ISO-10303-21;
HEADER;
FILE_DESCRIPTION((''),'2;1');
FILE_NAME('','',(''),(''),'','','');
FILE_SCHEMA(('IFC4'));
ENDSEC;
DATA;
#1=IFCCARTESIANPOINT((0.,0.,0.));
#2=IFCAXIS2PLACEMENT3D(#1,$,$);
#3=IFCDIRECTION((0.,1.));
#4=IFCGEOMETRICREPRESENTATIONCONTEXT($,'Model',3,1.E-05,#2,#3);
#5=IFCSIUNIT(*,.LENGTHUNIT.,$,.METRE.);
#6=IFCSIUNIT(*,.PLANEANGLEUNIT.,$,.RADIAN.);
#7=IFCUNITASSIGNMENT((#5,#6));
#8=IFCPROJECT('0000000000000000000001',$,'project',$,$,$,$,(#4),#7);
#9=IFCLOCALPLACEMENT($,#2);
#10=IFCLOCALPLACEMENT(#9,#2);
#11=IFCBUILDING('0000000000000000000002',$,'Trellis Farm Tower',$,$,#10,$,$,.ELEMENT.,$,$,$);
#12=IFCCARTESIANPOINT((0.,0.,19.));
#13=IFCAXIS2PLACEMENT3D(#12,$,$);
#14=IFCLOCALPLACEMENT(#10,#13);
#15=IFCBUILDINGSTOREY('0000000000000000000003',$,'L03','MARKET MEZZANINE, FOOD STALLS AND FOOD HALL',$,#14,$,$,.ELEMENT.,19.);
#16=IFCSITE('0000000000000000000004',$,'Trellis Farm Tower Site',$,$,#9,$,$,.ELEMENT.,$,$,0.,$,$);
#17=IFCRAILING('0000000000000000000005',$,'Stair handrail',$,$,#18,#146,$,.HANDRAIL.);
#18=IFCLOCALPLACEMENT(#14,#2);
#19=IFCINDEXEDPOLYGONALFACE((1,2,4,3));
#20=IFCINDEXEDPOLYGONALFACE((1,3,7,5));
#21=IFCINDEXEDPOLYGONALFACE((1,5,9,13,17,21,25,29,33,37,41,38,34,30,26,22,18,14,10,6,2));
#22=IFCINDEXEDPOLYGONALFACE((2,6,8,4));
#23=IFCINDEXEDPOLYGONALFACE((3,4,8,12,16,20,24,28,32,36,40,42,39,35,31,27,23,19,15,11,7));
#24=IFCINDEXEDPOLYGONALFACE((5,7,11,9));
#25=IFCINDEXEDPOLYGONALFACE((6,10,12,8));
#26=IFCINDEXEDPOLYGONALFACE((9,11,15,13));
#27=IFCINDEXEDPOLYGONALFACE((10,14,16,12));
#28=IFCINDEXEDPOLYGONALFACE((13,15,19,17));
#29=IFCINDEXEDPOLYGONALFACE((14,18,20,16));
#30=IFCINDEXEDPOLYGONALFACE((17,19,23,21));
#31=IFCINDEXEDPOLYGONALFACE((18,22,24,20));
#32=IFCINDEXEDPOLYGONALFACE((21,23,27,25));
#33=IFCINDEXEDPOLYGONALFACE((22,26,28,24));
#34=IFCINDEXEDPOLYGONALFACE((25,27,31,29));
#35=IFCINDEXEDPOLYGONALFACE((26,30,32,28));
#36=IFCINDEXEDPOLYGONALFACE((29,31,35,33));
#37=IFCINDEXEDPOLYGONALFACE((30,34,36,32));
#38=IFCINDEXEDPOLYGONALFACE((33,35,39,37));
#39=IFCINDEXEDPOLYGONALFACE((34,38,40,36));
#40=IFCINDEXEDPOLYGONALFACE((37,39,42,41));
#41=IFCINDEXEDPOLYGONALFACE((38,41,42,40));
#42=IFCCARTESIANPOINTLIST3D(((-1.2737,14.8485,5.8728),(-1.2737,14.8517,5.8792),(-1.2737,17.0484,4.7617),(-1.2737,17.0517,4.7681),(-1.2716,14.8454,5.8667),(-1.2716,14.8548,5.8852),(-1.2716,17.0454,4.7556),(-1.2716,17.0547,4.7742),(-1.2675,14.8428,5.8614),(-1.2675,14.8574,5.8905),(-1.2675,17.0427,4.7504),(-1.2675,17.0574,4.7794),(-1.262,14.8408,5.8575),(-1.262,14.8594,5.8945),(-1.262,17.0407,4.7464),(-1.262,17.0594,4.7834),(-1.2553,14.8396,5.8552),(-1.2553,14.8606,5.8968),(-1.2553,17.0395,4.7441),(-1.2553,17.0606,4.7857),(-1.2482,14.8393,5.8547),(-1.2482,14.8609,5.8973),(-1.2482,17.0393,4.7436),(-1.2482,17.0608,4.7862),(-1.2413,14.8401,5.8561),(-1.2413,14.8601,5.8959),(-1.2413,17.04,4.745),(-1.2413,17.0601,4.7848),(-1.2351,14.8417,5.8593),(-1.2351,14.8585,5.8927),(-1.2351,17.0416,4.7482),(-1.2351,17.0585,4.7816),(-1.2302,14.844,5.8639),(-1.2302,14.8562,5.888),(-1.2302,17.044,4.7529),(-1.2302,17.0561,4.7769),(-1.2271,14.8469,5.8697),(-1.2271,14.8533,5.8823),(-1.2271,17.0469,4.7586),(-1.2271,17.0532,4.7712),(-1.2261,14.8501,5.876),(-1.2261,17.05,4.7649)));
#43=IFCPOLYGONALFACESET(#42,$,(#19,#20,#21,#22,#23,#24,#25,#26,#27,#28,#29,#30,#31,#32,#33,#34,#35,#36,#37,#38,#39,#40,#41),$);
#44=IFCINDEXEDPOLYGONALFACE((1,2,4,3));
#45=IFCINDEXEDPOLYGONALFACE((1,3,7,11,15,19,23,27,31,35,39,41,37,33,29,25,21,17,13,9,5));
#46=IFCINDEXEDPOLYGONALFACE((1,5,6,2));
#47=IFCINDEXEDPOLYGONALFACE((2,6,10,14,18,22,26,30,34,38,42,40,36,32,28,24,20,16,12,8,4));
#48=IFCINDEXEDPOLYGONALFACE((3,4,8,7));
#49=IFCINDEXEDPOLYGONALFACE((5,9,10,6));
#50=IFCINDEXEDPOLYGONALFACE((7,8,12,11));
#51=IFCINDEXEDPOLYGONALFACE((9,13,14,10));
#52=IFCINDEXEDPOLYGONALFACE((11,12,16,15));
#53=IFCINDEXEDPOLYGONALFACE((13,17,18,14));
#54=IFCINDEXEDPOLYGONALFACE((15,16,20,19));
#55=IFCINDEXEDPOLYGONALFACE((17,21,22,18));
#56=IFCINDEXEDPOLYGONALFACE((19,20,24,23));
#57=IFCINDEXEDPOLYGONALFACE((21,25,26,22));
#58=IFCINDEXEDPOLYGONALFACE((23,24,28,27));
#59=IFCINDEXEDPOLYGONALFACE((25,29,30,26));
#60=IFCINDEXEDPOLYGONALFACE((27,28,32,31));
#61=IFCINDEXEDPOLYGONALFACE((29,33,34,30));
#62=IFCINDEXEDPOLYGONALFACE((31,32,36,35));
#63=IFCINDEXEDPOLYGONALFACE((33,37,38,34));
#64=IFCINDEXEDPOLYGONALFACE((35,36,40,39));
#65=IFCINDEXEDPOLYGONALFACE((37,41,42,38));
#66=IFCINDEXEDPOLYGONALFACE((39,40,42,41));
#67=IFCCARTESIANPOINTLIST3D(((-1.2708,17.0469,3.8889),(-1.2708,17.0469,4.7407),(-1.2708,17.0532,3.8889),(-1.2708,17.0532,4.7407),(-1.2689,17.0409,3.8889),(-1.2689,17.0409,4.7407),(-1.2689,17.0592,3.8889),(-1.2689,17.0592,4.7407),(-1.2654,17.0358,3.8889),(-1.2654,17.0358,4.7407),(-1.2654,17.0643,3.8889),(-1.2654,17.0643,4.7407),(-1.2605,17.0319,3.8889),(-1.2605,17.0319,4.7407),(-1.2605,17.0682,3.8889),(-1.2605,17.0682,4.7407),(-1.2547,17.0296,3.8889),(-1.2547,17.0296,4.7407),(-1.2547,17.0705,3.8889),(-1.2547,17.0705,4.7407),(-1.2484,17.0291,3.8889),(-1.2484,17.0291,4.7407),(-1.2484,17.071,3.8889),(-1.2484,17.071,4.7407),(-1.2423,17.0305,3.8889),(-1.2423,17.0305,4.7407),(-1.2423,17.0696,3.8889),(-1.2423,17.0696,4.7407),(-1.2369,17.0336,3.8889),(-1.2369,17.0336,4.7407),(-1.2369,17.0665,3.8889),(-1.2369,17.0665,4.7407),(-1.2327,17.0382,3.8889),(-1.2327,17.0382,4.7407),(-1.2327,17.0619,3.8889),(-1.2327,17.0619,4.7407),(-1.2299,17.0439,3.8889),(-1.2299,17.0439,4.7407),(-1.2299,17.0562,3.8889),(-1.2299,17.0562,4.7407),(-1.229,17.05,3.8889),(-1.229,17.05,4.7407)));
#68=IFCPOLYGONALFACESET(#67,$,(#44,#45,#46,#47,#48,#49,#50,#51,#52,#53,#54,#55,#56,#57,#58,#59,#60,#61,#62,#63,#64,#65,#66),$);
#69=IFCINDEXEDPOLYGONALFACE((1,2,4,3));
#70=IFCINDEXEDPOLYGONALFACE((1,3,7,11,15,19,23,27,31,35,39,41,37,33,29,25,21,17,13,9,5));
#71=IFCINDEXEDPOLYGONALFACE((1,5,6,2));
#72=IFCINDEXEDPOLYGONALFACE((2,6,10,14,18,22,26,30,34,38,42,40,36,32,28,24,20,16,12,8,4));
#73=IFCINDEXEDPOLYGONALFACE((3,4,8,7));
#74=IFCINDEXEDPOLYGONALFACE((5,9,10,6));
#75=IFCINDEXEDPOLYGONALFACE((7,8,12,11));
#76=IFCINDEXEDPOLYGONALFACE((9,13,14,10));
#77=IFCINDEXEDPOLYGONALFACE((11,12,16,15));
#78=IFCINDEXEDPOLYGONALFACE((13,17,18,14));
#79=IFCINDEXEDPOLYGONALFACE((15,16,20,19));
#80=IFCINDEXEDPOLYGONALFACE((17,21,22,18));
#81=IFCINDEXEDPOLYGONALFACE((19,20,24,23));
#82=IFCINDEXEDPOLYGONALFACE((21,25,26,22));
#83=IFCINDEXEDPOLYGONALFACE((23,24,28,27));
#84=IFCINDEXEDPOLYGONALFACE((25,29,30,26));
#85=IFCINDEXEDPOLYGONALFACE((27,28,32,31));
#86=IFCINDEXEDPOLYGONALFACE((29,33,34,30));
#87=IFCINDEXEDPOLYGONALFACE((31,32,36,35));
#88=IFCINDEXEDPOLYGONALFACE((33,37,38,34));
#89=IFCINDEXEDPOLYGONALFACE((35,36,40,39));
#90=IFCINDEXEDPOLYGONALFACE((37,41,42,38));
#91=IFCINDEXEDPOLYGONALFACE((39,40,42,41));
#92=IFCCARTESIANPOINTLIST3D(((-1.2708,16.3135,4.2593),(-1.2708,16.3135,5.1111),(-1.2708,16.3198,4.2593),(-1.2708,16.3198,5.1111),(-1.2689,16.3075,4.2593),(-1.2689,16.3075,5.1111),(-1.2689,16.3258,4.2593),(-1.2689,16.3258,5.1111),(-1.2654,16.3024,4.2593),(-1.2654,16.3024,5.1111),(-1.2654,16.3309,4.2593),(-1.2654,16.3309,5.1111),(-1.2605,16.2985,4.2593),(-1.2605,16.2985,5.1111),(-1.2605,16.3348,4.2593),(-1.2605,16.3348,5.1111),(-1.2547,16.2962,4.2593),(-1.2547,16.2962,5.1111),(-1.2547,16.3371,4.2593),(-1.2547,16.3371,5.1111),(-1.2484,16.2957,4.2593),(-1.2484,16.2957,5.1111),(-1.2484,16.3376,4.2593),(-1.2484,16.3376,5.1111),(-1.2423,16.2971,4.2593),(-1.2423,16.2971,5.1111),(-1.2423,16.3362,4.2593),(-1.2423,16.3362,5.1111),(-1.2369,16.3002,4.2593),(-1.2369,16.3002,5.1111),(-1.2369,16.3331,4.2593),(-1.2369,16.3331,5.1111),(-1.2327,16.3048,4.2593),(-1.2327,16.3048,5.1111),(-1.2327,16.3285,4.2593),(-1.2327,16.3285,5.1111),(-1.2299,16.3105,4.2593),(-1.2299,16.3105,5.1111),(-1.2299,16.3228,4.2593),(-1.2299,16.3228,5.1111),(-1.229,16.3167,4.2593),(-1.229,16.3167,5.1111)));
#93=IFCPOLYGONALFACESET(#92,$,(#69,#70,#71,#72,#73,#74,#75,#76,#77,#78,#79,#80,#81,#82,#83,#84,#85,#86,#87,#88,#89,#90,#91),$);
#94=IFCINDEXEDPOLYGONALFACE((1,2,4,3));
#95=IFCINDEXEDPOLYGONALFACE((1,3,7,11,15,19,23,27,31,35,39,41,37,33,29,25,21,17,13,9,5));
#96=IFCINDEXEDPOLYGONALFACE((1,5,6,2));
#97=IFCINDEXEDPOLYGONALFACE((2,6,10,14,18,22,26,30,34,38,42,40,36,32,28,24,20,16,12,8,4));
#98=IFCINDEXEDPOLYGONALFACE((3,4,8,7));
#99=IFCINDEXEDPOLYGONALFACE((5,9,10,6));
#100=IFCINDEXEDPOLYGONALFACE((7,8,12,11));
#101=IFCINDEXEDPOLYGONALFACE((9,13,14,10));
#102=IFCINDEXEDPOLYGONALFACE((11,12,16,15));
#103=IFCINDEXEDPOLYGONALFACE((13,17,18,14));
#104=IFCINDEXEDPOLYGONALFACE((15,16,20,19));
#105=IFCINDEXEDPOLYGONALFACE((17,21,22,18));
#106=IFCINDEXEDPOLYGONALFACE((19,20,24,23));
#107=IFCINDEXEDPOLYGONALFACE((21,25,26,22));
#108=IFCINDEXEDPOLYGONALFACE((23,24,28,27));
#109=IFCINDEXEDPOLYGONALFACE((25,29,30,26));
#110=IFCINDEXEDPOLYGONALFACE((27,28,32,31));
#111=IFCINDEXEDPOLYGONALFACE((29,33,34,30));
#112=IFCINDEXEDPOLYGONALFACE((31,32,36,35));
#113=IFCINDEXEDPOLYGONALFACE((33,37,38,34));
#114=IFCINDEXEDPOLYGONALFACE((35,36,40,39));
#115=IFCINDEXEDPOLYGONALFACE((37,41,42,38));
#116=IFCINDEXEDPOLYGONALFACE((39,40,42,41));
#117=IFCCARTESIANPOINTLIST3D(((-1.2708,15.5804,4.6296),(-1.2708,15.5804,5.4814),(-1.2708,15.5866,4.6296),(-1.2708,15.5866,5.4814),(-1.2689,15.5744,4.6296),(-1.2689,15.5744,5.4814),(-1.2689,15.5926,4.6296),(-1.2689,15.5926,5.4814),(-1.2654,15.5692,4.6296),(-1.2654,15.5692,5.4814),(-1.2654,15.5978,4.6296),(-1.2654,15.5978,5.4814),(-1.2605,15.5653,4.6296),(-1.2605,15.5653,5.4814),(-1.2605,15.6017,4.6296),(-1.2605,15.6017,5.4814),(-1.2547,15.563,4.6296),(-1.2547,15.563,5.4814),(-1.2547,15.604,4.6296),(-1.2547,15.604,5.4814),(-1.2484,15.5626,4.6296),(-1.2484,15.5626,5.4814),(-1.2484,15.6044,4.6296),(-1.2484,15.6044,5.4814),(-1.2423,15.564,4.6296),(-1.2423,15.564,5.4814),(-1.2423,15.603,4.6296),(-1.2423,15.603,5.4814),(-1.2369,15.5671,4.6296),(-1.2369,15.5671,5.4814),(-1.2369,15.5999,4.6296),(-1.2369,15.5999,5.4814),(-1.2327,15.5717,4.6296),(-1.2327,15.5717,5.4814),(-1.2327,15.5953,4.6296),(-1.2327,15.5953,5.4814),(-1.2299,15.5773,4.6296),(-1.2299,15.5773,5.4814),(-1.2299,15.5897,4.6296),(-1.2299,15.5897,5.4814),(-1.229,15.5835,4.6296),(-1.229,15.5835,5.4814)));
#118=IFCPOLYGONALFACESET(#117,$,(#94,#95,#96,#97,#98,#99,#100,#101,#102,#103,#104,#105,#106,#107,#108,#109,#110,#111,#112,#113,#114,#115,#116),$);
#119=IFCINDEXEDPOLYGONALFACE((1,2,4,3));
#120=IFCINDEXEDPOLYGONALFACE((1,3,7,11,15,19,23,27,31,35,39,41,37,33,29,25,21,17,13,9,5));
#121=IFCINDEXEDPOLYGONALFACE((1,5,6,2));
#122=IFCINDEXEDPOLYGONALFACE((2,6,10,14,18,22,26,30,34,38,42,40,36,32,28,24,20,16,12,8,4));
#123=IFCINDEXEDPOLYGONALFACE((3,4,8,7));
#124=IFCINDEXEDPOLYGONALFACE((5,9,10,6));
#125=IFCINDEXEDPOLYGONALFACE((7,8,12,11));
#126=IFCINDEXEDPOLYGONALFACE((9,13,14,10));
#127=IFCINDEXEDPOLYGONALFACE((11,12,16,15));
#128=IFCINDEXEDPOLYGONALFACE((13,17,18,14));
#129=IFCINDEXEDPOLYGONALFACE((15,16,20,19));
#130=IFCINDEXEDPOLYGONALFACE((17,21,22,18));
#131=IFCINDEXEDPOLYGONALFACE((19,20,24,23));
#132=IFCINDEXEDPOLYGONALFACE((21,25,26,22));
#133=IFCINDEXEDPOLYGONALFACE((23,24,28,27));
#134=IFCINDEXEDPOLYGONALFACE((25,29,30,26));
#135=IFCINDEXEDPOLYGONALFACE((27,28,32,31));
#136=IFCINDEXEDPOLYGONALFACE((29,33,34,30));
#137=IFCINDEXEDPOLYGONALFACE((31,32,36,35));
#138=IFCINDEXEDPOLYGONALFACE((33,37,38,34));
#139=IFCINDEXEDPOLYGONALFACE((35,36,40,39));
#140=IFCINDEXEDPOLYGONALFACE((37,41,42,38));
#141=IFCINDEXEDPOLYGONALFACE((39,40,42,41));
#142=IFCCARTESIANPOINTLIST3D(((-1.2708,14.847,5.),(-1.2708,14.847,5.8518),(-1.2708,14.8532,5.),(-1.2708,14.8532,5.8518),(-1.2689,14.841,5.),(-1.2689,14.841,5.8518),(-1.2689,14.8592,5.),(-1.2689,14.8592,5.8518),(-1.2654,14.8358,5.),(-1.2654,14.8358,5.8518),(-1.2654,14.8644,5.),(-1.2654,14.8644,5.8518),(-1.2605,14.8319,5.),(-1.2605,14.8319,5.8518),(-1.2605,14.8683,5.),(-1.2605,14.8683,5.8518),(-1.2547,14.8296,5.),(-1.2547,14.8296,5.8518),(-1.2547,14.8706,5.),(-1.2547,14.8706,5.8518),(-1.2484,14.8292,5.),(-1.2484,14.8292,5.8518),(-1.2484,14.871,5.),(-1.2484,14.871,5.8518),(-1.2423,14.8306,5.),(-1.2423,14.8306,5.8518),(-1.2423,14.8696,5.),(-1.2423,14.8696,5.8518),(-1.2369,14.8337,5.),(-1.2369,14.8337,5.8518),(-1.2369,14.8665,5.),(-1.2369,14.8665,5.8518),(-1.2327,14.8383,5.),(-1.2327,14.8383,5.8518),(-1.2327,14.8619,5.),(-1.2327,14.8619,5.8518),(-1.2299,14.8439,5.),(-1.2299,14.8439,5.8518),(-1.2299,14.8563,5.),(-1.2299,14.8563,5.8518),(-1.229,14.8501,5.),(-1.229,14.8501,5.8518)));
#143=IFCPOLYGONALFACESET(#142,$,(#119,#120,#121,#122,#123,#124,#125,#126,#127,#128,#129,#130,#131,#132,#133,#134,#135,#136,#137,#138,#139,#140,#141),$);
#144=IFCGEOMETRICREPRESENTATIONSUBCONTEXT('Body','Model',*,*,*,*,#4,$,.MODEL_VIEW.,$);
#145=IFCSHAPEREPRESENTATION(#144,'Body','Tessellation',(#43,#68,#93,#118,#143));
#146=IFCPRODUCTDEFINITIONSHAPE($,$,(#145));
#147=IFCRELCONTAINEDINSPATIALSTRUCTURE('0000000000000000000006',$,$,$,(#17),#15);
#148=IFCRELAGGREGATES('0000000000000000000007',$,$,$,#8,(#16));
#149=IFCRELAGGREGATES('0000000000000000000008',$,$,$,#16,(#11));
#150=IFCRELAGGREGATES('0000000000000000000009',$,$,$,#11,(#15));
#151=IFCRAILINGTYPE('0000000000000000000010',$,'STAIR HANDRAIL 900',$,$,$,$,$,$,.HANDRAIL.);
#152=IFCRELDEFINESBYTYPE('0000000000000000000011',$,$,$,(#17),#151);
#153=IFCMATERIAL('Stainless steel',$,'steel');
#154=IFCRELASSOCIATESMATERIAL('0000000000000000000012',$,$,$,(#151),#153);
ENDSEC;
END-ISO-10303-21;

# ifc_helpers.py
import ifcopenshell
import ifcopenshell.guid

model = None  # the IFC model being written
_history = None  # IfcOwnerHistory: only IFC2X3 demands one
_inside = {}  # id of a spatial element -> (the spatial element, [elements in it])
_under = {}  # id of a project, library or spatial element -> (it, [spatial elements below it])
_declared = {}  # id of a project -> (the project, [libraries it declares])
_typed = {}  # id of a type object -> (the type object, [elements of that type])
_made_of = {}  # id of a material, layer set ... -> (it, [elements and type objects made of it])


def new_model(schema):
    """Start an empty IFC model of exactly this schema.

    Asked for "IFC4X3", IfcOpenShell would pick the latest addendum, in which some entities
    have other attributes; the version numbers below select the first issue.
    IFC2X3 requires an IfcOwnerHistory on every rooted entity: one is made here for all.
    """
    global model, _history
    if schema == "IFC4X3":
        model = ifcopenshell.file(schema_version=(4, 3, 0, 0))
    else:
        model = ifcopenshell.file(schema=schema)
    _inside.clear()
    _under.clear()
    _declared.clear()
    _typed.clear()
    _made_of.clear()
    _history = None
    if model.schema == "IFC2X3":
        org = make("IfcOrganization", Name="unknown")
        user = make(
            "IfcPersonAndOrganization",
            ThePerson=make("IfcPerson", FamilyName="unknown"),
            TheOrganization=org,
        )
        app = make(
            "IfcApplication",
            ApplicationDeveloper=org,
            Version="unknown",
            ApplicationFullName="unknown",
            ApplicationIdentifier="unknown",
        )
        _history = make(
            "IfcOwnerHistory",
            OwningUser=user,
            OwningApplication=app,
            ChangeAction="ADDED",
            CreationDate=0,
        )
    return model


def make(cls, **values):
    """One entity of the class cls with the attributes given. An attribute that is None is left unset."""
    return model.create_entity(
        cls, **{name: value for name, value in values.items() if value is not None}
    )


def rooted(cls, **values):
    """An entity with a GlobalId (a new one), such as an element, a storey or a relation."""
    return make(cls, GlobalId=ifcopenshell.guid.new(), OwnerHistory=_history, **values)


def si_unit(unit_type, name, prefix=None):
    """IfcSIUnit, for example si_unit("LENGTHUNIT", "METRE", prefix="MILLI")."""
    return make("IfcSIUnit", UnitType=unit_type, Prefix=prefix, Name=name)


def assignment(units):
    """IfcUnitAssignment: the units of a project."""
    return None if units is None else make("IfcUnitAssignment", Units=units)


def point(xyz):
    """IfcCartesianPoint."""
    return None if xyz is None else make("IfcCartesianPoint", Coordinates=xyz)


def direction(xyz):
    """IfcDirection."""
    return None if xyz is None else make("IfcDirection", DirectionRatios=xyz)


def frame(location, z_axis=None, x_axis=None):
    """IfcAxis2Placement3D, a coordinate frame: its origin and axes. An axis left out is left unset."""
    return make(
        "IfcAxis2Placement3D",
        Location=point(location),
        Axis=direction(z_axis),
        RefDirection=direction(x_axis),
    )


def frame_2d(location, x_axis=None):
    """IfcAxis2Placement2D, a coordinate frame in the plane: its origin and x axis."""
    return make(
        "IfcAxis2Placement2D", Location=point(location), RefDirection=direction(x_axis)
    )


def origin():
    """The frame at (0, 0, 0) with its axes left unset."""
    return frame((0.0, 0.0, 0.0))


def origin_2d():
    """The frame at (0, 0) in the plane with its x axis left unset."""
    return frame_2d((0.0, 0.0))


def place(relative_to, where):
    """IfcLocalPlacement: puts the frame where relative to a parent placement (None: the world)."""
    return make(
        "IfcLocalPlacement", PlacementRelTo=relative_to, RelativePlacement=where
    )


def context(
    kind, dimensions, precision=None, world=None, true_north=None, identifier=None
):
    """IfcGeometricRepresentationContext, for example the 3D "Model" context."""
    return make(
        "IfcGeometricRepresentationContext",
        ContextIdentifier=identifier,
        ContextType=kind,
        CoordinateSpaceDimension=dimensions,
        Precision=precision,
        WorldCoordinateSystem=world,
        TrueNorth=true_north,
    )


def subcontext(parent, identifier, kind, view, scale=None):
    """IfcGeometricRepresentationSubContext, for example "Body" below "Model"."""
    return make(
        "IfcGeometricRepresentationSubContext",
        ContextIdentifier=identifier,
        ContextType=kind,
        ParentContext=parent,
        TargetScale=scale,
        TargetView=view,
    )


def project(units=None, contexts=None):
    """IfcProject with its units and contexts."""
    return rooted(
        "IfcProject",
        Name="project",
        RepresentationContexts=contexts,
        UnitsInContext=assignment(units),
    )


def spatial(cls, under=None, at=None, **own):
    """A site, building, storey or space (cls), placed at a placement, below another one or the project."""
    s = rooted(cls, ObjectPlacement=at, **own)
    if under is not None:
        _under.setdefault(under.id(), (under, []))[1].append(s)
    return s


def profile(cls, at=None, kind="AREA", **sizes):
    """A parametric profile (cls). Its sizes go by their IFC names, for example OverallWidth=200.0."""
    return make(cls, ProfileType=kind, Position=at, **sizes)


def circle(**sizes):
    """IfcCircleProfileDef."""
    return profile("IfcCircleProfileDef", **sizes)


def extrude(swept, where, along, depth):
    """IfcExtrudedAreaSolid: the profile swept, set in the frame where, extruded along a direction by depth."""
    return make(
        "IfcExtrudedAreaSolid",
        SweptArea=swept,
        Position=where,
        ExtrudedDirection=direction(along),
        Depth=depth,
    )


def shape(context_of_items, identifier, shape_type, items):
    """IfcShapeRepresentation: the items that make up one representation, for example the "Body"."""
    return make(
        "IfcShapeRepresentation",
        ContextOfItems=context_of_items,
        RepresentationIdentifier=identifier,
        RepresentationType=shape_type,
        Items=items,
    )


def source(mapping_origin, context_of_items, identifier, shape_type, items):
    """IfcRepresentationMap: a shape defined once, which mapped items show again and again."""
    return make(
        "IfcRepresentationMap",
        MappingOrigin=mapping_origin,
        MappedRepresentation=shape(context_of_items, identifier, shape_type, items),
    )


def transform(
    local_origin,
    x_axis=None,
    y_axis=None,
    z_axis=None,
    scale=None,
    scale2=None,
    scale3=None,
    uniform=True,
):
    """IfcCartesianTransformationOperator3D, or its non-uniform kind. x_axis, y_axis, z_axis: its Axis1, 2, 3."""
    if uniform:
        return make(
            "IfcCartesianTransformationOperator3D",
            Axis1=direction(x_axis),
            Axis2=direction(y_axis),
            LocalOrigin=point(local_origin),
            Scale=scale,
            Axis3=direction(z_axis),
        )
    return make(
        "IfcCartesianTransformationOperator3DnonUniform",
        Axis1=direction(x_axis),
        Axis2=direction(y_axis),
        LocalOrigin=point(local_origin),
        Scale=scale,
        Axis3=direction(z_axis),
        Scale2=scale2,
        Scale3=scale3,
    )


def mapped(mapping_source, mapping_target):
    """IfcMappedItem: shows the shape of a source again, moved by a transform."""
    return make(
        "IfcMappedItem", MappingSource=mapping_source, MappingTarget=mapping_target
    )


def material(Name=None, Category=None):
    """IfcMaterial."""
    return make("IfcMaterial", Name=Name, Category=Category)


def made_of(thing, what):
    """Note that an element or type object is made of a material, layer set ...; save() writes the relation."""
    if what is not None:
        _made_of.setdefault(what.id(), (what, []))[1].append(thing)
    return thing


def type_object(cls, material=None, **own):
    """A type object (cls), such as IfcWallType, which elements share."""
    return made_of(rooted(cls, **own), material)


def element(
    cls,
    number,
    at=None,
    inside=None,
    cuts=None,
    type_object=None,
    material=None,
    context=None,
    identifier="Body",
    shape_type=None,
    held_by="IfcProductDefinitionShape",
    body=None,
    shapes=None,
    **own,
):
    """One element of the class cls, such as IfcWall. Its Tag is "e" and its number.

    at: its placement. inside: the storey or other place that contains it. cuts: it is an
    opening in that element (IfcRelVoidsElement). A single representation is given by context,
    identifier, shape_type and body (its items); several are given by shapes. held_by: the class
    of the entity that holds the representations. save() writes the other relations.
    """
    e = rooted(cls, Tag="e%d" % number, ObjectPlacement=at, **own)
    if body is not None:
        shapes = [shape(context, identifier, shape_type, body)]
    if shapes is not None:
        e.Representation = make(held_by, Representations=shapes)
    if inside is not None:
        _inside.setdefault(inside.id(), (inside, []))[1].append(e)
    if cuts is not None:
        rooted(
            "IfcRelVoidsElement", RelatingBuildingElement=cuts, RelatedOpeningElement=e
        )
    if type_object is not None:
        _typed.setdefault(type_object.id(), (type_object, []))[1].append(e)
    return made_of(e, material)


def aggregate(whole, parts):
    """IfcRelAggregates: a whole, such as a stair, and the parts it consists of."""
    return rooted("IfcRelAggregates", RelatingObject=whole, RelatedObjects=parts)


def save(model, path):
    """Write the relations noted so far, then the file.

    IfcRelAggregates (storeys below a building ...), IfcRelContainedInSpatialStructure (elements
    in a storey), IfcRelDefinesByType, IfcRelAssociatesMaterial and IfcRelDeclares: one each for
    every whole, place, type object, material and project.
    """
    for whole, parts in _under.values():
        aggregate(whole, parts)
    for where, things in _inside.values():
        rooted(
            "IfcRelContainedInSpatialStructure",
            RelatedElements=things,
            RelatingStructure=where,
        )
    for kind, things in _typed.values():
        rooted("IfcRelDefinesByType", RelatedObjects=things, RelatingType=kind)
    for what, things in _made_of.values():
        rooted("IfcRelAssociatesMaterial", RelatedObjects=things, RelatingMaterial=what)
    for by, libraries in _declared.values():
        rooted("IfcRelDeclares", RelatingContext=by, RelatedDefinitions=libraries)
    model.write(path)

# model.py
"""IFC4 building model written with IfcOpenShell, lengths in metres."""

from ifc_helpers import new_model, si_unit, direction, frame, origin, origin_2d, place, context, subcontext, project, spatial, circle, extrude, source, transform, mapped, material, type_object, element, save


model = new_model("IFC4")

# Units and contexts
model_context = context("Model", 3, precision=1e-05, world=origin(), true_north=direction((0.0, 1.0)))
body_context = subcontext(model_context, "Body", "Model", "MODEL_VIEW")
ifc_project = project(units=[si_unit("LENGTHUNIT", "METRE"), si_unit("PLANEANGLEUNIT", "RADIAN")], contexts=[model_context])

# Site, building, storey
site_placement = place(None, origin())
site = spatial("IfcSite", under=ifc_project, at=site_placement, Name="Trellis Farm Tower Site", CompositionType="ELEMENT", RefElevation=0.0)
building_placement = place(site_placement, origin())
building = spatial("IfcBuilding", under=site, at=building_placement, Name="Trellis Farm Tower", CompositionType="ELEMENT")
storey_placement = place(building_placement, frame((0.0, 0.0, 19.0)))
storey = spatial("IfcBuildingStorey", under=building, at=storey_placement, Name="L03", Description="MARKET MEZZANINE, FOOD STALLS AND FOOD HALL", CompositionType="ELEMENT", Elevation=19.0)

# Railing
ifc_material_1 = material(Name="Stainless steel", Category="steel")
railing_type = type_object("IfcRailingType", Name="STAIR HANDRAIL 900", PredefinedType="HANDRAIL", material=ifc_material_1)
shared_shape_1 = source(origin(), body_context, "Body", "SweptSolid", [
    extrude(circle(Radius=0.0239, at=origin_2d()), frame((0.0, 0.0, 0.876), z_axis=(0.0, -0.892617, 0.450816), x_axis=(1.0, 0.0, 0.0)), (0.0, 0.0, 1.0), 2.4646),
    extrude(circle(Radius=0.021, at=origin_2d()), origin(), (0.0, 0.0, 1.0), 0.8518),
    extrude(circle(Radius=0.021, at=origin_2d()), frame((0.0, -0.7334, 0.3704)), (0.0, 0.0, 1.0), 0.8518),
    extrude(circle(Radius=0.021, at=origin_2d()), frame((0.0, -1.4666, 0.7407)), (0.0, 0.0, 1.0), 0.8518),
    extrude(circle(Radius=0.021, at=origin_2d()), frame((0.0, -2.2, 1.1111)), (0.0, 0.0, 1.0), 0.8518),
])
for number, where, name in (
    (1, (-1.25, 17.05, 3.8889), "Stair handrail"),
):
    element("IfcRailing", number, at=place(storey_placement, frame(where)), inside=storey, type_object=railing_type, Name=name, PredefinedType="HANDRAIL", context=body_context, shape_type="MappedRepresentation", body=[
        mapped(shared_shape_1, transform((0.0, 0.0, 0.0))),
    ])

save(model, "model.ifc")
